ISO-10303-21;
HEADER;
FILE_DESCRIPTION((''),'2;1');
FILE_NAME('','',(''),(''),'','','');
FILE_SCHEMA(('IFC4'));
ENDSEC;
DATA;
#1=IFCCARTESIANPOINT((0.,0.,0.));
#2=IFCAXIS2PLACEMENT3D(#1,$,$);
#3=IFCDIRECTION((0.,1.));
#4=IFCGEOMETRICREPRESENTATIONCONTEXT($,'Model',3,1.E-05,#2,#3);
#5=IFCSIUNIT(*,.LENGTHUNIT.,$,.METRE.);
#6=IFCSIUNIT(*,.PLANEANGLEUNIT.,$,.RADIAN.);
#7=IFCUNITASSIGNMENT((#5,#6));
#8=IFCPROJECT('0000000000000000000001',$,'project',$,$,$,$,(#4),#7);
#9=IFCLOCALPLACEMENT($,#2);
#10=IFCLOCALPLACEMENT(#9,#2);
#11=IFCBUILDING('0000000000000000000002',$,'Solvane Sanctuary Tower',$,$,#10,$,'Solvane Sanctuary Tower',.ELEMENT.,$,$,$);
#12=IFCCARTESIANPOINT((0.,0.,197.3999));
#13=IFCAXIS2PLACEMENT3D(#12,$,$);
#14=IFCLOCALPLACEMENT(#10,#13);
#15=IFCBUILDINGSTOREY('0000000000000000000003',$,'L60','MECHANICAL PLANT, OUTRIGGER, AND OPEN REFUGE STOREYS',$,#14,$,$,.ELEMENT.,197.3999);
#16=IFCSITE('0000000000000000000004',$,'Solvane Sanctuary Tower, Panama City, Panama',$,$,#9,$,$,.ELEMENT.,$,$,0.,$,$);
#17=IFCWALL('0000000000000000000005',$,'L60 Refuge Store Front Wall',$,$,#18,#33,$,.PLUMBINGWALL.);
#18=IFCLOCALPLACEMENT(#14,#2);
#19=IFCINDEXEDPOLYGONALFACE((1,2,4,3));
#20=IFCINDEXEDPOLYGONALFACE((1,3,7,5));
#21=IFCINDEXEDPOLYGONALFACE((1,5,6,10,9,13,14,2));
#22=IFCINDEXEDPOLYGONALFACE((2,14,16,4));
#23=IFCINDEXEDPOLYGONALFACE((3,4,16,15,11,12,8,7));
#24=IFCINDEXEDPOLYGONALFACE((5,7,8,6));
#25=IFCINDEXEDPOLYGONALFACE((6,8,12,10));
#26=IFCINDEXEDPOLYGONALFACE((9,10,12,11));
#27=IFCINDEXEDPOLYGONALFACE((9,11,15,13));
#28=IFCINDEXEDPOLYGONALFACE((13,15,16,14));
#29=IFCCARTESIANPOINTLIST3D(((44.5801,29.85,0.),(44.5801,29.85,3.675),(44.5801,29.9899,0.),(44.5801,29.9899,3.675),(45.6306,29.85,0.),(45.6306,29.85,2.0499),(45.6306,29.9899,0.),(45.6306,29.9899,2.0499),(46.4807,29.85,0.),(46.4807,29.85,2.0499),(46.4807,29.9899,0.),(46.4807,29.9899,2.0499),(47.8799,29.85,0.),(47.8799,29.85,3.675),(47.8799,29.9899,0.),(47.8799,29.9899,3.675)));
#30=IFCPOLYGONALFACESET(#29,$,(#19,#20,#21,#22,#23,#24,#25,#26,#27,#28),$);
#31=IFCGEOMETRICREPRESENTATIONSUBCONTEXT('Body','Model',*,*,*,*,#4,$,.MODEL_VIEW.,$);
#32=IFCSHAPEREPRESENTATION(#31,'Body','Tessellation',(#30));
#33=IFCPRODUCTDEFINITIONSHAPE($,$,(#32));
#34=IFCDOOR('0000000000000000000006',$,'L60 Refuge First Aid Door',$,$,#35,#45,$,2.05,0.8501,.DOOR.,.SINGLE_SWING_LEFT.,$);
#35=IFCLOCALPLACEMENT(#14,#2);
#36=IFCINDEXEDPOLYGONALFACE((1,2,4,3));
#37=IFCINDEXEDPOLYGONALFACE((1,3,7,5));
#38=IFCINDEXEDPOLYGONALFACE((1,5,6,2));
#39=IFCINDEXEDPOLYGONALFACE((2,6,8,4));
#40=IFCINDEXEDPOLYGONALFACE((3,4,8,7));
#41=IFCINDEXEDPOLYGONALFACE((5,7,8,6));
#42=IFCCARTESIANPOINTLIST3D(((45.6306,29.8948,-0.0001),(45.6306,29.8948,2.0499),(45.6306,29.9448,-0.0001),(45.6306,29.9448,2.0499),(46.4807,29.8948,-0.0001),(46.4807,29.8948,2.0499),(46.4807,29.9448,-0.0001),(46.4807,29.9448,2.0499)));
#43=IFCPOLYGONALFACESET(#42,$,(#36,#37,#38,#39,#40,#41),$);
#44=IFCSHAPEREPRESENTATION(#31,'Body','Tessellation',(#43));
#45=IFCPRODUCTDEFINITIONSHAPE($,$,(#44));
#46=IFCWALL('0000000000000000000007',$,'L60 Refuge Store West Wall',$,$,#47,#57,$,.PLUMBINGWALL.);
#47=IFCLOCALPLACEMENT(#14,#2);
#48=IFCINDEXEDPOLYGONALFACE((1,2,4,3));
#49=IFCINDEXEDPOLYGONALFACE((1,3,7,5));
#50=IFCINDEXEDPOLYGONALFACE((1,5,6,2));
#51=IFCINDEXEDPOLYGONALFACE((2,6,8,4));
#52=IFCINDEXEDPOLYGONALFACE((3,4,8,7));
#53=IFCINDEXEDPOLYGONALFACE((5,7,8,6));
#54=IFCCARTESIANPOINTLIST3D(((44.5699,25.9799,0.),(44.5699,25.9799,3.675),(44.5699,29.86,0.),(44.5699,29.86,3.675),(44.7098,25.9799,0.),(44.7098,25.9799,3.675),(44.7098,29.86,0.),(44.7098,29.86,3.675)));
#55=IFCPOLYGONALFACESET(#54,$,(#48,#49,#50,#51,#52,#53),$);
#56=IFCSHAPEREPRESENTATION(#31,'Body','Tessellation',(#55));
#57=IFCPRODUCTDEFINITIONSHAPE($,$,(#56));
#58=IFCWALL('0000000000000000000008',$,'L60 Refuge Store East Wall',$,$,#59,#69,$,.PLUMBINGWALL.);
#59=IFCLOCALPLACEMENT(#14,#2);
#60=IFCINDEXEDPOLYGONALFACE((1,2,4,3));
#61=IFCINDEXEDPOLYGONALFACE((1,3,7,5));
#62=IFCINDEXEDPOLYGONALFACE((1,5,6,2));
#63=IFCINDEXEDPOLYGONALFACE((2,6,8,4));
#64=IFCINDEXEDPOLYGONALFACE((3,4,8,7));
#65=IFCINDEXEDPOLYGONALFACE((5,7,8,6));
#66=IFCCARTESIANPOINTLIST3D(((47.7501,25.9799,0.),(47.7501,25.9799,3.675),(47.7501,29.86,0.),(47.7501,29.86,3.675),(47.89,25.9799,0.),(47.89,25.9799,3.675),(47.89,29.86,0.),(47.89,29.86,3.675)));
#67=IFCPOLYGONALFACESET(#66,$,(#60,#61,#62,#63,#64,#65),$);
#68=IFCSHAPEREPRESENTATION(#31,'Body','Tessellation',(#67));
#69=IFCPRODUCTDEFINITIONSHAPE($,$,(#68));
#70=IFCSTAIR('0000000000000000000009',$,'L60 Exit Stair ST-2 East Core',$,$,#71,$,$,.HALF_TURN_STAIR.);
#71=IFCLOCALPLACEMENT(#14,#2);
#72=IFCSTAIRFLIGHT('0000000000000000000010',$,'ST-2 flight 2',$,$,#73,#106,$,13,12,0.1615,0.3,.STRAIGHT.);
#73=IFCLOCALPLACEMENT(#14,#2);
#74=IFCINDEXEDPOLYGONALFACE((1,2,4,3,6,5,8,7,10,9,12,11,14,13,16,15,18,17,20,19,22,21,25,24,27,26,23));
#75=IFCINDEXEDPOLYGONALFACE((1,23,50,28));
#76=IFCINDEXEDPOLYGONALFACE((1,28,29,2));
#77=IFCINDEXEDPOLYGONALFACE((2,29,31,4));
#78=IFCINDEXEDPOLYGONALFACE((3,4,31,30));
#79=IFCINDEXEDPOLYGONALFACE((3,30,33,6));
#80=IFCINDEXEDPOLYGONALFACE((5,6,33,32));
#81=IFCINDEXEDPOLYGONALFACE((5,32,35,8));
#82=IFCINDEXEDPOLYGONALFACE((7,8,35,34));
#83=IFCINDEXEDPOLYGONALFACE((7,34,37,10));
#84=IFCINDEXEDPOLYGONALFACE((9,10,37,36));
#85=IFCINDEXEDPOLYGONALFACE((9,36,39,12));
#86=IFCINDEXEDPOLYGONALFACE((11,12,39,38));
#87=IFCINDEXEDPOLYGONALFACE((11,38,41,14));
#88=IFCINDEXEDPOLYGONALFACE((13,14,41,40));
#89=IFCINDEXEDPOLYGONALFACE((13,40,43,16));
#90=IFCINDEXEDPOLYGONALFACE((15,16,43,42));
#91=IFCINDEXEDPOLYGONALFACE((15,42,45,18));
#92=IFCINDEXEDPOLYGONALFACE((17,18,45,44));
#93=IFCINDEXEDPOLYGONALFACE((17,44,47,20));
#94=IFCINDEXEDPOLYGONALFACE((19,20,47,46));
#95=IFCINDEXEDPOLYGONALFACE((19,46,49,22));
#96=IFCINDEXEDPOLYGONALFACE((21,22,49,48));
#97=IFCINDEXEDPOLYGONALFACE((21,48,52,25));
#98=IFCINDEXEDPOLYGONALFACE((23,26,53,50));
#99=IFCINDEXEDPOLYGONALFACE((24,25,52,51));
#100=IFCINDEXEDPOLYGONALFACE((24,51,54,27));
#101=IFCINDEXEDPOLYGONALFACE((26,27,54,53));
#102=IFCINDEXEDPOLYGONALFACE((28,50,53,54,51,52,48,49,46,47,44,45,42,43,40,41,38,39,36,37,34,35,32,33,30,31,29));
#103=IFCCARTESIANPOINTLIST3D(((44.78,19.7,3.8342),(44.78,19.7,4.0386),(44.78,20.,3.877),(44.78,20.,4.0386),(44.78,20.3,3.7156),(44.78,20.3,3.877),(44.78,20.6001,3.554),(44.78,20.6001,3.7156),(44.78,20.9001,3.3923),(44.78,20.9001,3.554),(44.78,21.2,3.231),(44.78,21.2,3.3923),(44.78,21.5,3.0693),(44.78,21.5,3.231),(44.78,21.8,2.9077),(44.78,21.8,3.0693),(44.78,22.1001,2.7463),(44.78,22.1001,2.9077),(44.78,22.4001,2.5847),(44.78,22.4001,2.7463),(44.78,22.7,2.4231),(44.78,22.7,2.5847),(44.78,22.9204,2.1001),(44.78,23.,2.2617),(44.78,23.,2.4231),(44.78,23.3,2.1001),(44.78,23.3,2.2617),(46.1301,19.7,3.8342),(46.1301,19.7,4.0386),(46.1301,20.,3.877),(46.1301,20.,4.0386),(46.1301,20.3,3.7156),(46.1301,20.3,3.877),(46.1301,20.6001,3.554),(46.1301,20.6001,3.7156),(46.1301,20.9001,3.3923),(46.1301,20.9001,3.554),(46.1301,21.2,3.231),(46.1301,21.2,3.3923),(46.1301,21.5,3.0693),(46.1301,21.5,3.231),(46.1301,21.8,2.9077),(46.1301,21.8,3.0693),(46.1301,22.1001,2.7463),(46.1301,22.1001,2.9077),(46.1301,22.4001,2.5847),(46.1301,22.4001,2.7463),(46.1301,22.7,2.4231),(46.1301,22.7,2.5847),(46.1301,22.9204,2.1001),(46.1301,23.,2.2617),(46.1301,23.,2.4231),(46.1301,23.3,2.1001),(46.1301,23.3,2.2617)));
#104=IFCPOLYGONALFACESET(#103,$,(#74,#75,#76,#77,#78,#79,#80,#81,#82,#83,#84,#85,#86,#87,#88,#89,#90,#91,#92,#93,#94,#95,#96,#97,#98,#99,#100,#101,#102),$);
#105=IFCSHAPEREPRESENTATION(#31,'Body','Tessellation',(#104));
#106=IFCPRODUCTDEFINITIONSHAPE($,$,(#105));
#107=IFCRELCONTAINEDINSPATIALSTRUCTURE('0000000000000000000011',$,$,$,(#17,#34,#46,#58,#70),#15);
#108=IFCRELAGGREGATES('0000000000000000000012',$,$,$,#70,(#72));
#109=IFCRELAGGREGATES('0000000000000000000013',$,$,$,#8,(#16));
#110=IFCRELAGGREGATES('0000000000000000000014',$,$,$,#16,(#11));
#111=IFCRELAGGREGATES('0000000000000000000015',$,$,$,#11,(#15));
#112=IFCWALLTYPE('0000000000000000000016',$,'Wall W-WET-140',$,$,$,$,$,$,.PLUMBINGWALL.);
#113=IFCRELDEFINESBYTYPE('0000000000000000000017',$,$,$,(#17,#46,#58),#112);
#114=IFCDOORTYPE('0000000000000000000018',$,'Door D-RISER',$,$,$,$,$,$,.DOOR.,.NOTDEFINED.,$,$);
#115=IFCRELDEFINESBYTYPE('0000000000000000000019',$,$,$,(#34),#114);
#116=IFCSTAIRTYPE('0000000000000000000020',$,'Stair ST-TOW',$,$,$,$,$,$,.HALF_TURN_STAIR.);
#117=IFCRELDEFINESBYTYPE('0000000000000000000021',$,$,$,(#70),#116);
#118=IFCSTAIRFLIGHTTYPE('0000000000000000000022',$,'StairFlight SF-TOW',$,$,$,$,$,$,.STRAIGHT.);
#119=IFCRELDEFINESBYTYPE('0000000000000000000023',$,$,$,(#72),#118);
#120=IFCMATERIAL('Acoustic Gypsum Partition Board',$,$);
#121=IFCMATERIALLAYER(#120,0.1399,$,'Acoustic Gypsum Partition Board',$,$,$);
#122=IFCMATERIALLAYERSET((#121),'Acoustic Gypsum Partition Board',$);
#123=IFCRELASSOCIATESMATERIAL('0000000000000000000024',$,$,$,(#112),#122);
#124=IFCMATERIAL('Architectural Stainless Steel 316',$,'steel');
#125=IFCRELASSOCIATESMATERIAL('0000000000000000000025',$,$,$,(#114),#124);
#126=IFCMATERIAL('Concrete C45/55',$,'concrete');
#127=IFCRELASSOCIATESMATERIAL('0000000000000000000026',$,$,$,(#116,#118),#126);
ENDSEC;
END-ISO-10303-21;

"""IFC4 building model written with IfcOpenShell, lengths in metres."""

from ifc_helpers import new_model, si_unit, direction, frame, frame_2d, origin, place, context, subcontext, project, spatial, polyline, rectangle, outline, extrude, material, layer, layer_set, type_object, element, fill, aggregate, save


model = new_model("IFC4")

# Units and contexts
model_context = context("Model", 3, precision=1e-05, world=origin(), true_north=direction((0.0, 1.0)))
body_context = subcontext(model_context, "Body", "Model", "MODEL_VIEW")
ifc_project = project(units=[si_unit("LENGTHUNIT", "METRE"), si_unit("PLANEANGLEUNIT", "RADIAN")], contexts=[model_context])

# Site, building, storey
site_placement = place(None, origin())
site = spatial("IfcSite", under=ifc_project, at=site_placement, Name="Solvane Sanctuary Tower, Panama City, Panama", CompositionType="ELEMENT", RefElevation=0.0)
building_placement = place(site_placement, origin())
building = spatial("IfcBuilding", under=site, at=building_placement, Name="Solvane Sanctuary Tower", LongName="Solvane Sanctuary Tower", CompositionType="ELEMENT")
storey_placement = place(building_placement, frame((0.0, 0.0, 197.3999)))
storey = spatial("IfcBuildingStorey", under=building, at=storey_placement, Name="L60", Description="MECHANICAL PLANT, OUTRIGGER, AND OPEN REFUGE STOREYS", CompositionType="ELEMENT", Elevation=197.3999)

# Shared definitions
ifc_material_1 = material(Name="Acoustic Gypsum Partition Board")

# Shared definitions
ifc_material_2 = material(Name="Architectural Stainless Steel 316", Category="steel")

# Wall, opening, door
ifc_layer_1 = layer(ifc_material_1, 0.1399, Name="Acoustic Gypsum Partition Board")
ifc_layer_set_1 = layer_set([ifc_layer_1], Name="Acoustic Gypsum Partition Board")
wall_type_1 = type_object("IfcWallType", Name="Wall W-WET-140", PredefinedType="PLUMBINGWALL", material=ifc_layer_set_1)
wall_1_placement = place(storey_placement, frame((44.5801, 29.9199, 0.0), z_axis=(0.0, 0.0, 1.0), x_axis=(1.0, 0.0, 0.0)))
wall_1 = element("IfcWall", 1, at=wall_1_placement, inside=storey, type_object=wall_type_1, Name="L60 Refuge Store Front Wall", PredefinedType="PLUMBINGWALL", context=body_context, shape_type="SweptSolid", body=[
    extrude(rectangle(XDim=3.2998, YDim=0.1399, at=frame_2d((1.6499, 0.0))), origin(), (0.0, 0.0, 1.0), 3.675),
])
opening_1_placement = place(wall_1_placement, frame((1.0505, 0.0, 0.0)))
opening_1 = element("IfcOpeningElement", 2, at=opening_1_placement, cuts=wall_1, PredefinedType="OPENING", context=body_context, shape_type="SweptSolid", body=[
    extrude(rectangle(XDim=0.8501, YDim=2.05, at=frame_2d((0.425, 1.0249))), frame((0.0, 0.0798, 0.0), z_axis=(0.0, -1.0, 0.0), x_axis=(1.0, 0.0, 0.0)), (0.0, 0.0, 1.0), 0.1599),
])
door_type_1 = type_object("IfcDoorType", Name="Door D-RISER", OperationType="NOTDEFINED", PredefinedType="DOOR", material=ifc_material_2)
door_1_placement = place(opening_1_placement, origin())
door_1 = element("IfcDoor", 3, at=door_1_placement, inside=storey, type_object=door_type_1, Name="L60 Refuge First Aid Door", OperationType="SINGLE_SWING_LEFT", OverallHeight=2.05, OverallWidth=0.8501, PredefinedType="DOOR", context=body_context, shape_type="SweptSolid", body=[
    extrude(rectangle(XDim=0.8501, YDim=2.05, at=frame_2d((0.425, 1.0249))), frame((0.0, 0.0249, 0.0), z_axis=(0.0, -1.0, 0.0), x_axis=(1.0, 0.0, 0.0)), (0.0, 0.0, 1.0), 0.05),
])
fill(opening_1, door_1)

# Walls
for number, where, z_axis, x_axis, name in (
    (4, (44.6399, 25.98, 0.0), (0.0, 0.0, 1.0), (0.0, 1.0, 0.0), "L60 Refuge Store West Wall"),
    (5, (47.8201, 25.98, 0.0), (0.0, 0.0, 1.0), (0.0, 1.0, 0.0), "L60 Refuge Store East Wall"),
):
    element("IfcWall", number, at=place(storey_placement, frame(where, z_axis=z_axis, x_axis=x_axis)), inside=storey, type_object=wall_type_1, Name=name, PredefinedType="PLUMBINGWALL", context=body_context, shape_type="SweptSolid", body=[
        extrude(rectangle(XDim=3.8801, YDim=0.1399, at=frame_2d((1.9399, 0.0))), origin(), (0.0, 0.0, 1.0), 3.675),
    ])

# Stair, stair flight
ifc_material_3 = material(Name="Concrete C45/55", Category="concrete")
stair_type = type_object("IfcStairType", Name="Stair ST-TOW", PredefinedType="HALF_TURN_STAIR", material=ifc_material_3)
stair_placement = place(storey_placement, origin())
stair = element("IfcStair", 6, at=stair_placement, inside=storey, type_object=stair_type, Name="L60 Exit Stair ST-2 East Core", PredefinedType="HALF_TURN_STAIR")
stair_flight_type = type_object("IfcStairFlightType", Name="StairFlight SF-TOW", PredefinedType="STRAIGHT", material=ifc_material_3)
stair_flight_placement = place(storey_placement, frame((45.4551, 23.3, 2.1001), z_axis=(0.0, 0.0, 1.0), x_axis=(0.0, -1.0, 0.0)))
stair_flight = element("IfcStairFlight", 7, at=stair_flight_placement, type_object=stair_flight_type, Name="ST-2 flight 2", NumberOfRisers=13, NumberOfTreads=12, PredefinedType="STRAIGHT", RiserHeight=0.1615, TreadLength=0.3, context=body_context, shape_type="SweptSolid", body=[
    extrude(outline(polyline([(0.0, 0.0), (0.0, 0.1616), (0.3, 0.1616), (0.3, 0.323), (0.6001, 0.323), (0.6001, 0.4846), (0.8999, 0.4846), (0.8999, 0.6462), (1.2, 0.6462), (1.2, 0.8076), (1.5, 0.8076), (1.5, 0.9692), (1.8, 0.9692), (1.8, 1.1309), (2.1001, 1.1309), (2.1001, 1.2922), (2.3999, 1.2922), (2.3999, 1.4539), (2.7, 1.4539), (2.7, 1.6155), (3.0, 1.6155), (3.0, 1.7769), (3.3, 1.7769), (3.3, 1.9385), (3.6001, 1.9385), (3.6001, 2.1001), (3.6001, 1.7341), (0.3796, 0.0), (0.0, 0.0)])), frame((0.0, 0.675, 0.0), z_axis=(0.0, -1.0, 0.0), x_axis=(1.0, 0.0, 0.0)), (0.0, 0.0, 1.0), 1.3501),
])
aggregate(stair, [stair_flight])

save(model, "model.ifc")
